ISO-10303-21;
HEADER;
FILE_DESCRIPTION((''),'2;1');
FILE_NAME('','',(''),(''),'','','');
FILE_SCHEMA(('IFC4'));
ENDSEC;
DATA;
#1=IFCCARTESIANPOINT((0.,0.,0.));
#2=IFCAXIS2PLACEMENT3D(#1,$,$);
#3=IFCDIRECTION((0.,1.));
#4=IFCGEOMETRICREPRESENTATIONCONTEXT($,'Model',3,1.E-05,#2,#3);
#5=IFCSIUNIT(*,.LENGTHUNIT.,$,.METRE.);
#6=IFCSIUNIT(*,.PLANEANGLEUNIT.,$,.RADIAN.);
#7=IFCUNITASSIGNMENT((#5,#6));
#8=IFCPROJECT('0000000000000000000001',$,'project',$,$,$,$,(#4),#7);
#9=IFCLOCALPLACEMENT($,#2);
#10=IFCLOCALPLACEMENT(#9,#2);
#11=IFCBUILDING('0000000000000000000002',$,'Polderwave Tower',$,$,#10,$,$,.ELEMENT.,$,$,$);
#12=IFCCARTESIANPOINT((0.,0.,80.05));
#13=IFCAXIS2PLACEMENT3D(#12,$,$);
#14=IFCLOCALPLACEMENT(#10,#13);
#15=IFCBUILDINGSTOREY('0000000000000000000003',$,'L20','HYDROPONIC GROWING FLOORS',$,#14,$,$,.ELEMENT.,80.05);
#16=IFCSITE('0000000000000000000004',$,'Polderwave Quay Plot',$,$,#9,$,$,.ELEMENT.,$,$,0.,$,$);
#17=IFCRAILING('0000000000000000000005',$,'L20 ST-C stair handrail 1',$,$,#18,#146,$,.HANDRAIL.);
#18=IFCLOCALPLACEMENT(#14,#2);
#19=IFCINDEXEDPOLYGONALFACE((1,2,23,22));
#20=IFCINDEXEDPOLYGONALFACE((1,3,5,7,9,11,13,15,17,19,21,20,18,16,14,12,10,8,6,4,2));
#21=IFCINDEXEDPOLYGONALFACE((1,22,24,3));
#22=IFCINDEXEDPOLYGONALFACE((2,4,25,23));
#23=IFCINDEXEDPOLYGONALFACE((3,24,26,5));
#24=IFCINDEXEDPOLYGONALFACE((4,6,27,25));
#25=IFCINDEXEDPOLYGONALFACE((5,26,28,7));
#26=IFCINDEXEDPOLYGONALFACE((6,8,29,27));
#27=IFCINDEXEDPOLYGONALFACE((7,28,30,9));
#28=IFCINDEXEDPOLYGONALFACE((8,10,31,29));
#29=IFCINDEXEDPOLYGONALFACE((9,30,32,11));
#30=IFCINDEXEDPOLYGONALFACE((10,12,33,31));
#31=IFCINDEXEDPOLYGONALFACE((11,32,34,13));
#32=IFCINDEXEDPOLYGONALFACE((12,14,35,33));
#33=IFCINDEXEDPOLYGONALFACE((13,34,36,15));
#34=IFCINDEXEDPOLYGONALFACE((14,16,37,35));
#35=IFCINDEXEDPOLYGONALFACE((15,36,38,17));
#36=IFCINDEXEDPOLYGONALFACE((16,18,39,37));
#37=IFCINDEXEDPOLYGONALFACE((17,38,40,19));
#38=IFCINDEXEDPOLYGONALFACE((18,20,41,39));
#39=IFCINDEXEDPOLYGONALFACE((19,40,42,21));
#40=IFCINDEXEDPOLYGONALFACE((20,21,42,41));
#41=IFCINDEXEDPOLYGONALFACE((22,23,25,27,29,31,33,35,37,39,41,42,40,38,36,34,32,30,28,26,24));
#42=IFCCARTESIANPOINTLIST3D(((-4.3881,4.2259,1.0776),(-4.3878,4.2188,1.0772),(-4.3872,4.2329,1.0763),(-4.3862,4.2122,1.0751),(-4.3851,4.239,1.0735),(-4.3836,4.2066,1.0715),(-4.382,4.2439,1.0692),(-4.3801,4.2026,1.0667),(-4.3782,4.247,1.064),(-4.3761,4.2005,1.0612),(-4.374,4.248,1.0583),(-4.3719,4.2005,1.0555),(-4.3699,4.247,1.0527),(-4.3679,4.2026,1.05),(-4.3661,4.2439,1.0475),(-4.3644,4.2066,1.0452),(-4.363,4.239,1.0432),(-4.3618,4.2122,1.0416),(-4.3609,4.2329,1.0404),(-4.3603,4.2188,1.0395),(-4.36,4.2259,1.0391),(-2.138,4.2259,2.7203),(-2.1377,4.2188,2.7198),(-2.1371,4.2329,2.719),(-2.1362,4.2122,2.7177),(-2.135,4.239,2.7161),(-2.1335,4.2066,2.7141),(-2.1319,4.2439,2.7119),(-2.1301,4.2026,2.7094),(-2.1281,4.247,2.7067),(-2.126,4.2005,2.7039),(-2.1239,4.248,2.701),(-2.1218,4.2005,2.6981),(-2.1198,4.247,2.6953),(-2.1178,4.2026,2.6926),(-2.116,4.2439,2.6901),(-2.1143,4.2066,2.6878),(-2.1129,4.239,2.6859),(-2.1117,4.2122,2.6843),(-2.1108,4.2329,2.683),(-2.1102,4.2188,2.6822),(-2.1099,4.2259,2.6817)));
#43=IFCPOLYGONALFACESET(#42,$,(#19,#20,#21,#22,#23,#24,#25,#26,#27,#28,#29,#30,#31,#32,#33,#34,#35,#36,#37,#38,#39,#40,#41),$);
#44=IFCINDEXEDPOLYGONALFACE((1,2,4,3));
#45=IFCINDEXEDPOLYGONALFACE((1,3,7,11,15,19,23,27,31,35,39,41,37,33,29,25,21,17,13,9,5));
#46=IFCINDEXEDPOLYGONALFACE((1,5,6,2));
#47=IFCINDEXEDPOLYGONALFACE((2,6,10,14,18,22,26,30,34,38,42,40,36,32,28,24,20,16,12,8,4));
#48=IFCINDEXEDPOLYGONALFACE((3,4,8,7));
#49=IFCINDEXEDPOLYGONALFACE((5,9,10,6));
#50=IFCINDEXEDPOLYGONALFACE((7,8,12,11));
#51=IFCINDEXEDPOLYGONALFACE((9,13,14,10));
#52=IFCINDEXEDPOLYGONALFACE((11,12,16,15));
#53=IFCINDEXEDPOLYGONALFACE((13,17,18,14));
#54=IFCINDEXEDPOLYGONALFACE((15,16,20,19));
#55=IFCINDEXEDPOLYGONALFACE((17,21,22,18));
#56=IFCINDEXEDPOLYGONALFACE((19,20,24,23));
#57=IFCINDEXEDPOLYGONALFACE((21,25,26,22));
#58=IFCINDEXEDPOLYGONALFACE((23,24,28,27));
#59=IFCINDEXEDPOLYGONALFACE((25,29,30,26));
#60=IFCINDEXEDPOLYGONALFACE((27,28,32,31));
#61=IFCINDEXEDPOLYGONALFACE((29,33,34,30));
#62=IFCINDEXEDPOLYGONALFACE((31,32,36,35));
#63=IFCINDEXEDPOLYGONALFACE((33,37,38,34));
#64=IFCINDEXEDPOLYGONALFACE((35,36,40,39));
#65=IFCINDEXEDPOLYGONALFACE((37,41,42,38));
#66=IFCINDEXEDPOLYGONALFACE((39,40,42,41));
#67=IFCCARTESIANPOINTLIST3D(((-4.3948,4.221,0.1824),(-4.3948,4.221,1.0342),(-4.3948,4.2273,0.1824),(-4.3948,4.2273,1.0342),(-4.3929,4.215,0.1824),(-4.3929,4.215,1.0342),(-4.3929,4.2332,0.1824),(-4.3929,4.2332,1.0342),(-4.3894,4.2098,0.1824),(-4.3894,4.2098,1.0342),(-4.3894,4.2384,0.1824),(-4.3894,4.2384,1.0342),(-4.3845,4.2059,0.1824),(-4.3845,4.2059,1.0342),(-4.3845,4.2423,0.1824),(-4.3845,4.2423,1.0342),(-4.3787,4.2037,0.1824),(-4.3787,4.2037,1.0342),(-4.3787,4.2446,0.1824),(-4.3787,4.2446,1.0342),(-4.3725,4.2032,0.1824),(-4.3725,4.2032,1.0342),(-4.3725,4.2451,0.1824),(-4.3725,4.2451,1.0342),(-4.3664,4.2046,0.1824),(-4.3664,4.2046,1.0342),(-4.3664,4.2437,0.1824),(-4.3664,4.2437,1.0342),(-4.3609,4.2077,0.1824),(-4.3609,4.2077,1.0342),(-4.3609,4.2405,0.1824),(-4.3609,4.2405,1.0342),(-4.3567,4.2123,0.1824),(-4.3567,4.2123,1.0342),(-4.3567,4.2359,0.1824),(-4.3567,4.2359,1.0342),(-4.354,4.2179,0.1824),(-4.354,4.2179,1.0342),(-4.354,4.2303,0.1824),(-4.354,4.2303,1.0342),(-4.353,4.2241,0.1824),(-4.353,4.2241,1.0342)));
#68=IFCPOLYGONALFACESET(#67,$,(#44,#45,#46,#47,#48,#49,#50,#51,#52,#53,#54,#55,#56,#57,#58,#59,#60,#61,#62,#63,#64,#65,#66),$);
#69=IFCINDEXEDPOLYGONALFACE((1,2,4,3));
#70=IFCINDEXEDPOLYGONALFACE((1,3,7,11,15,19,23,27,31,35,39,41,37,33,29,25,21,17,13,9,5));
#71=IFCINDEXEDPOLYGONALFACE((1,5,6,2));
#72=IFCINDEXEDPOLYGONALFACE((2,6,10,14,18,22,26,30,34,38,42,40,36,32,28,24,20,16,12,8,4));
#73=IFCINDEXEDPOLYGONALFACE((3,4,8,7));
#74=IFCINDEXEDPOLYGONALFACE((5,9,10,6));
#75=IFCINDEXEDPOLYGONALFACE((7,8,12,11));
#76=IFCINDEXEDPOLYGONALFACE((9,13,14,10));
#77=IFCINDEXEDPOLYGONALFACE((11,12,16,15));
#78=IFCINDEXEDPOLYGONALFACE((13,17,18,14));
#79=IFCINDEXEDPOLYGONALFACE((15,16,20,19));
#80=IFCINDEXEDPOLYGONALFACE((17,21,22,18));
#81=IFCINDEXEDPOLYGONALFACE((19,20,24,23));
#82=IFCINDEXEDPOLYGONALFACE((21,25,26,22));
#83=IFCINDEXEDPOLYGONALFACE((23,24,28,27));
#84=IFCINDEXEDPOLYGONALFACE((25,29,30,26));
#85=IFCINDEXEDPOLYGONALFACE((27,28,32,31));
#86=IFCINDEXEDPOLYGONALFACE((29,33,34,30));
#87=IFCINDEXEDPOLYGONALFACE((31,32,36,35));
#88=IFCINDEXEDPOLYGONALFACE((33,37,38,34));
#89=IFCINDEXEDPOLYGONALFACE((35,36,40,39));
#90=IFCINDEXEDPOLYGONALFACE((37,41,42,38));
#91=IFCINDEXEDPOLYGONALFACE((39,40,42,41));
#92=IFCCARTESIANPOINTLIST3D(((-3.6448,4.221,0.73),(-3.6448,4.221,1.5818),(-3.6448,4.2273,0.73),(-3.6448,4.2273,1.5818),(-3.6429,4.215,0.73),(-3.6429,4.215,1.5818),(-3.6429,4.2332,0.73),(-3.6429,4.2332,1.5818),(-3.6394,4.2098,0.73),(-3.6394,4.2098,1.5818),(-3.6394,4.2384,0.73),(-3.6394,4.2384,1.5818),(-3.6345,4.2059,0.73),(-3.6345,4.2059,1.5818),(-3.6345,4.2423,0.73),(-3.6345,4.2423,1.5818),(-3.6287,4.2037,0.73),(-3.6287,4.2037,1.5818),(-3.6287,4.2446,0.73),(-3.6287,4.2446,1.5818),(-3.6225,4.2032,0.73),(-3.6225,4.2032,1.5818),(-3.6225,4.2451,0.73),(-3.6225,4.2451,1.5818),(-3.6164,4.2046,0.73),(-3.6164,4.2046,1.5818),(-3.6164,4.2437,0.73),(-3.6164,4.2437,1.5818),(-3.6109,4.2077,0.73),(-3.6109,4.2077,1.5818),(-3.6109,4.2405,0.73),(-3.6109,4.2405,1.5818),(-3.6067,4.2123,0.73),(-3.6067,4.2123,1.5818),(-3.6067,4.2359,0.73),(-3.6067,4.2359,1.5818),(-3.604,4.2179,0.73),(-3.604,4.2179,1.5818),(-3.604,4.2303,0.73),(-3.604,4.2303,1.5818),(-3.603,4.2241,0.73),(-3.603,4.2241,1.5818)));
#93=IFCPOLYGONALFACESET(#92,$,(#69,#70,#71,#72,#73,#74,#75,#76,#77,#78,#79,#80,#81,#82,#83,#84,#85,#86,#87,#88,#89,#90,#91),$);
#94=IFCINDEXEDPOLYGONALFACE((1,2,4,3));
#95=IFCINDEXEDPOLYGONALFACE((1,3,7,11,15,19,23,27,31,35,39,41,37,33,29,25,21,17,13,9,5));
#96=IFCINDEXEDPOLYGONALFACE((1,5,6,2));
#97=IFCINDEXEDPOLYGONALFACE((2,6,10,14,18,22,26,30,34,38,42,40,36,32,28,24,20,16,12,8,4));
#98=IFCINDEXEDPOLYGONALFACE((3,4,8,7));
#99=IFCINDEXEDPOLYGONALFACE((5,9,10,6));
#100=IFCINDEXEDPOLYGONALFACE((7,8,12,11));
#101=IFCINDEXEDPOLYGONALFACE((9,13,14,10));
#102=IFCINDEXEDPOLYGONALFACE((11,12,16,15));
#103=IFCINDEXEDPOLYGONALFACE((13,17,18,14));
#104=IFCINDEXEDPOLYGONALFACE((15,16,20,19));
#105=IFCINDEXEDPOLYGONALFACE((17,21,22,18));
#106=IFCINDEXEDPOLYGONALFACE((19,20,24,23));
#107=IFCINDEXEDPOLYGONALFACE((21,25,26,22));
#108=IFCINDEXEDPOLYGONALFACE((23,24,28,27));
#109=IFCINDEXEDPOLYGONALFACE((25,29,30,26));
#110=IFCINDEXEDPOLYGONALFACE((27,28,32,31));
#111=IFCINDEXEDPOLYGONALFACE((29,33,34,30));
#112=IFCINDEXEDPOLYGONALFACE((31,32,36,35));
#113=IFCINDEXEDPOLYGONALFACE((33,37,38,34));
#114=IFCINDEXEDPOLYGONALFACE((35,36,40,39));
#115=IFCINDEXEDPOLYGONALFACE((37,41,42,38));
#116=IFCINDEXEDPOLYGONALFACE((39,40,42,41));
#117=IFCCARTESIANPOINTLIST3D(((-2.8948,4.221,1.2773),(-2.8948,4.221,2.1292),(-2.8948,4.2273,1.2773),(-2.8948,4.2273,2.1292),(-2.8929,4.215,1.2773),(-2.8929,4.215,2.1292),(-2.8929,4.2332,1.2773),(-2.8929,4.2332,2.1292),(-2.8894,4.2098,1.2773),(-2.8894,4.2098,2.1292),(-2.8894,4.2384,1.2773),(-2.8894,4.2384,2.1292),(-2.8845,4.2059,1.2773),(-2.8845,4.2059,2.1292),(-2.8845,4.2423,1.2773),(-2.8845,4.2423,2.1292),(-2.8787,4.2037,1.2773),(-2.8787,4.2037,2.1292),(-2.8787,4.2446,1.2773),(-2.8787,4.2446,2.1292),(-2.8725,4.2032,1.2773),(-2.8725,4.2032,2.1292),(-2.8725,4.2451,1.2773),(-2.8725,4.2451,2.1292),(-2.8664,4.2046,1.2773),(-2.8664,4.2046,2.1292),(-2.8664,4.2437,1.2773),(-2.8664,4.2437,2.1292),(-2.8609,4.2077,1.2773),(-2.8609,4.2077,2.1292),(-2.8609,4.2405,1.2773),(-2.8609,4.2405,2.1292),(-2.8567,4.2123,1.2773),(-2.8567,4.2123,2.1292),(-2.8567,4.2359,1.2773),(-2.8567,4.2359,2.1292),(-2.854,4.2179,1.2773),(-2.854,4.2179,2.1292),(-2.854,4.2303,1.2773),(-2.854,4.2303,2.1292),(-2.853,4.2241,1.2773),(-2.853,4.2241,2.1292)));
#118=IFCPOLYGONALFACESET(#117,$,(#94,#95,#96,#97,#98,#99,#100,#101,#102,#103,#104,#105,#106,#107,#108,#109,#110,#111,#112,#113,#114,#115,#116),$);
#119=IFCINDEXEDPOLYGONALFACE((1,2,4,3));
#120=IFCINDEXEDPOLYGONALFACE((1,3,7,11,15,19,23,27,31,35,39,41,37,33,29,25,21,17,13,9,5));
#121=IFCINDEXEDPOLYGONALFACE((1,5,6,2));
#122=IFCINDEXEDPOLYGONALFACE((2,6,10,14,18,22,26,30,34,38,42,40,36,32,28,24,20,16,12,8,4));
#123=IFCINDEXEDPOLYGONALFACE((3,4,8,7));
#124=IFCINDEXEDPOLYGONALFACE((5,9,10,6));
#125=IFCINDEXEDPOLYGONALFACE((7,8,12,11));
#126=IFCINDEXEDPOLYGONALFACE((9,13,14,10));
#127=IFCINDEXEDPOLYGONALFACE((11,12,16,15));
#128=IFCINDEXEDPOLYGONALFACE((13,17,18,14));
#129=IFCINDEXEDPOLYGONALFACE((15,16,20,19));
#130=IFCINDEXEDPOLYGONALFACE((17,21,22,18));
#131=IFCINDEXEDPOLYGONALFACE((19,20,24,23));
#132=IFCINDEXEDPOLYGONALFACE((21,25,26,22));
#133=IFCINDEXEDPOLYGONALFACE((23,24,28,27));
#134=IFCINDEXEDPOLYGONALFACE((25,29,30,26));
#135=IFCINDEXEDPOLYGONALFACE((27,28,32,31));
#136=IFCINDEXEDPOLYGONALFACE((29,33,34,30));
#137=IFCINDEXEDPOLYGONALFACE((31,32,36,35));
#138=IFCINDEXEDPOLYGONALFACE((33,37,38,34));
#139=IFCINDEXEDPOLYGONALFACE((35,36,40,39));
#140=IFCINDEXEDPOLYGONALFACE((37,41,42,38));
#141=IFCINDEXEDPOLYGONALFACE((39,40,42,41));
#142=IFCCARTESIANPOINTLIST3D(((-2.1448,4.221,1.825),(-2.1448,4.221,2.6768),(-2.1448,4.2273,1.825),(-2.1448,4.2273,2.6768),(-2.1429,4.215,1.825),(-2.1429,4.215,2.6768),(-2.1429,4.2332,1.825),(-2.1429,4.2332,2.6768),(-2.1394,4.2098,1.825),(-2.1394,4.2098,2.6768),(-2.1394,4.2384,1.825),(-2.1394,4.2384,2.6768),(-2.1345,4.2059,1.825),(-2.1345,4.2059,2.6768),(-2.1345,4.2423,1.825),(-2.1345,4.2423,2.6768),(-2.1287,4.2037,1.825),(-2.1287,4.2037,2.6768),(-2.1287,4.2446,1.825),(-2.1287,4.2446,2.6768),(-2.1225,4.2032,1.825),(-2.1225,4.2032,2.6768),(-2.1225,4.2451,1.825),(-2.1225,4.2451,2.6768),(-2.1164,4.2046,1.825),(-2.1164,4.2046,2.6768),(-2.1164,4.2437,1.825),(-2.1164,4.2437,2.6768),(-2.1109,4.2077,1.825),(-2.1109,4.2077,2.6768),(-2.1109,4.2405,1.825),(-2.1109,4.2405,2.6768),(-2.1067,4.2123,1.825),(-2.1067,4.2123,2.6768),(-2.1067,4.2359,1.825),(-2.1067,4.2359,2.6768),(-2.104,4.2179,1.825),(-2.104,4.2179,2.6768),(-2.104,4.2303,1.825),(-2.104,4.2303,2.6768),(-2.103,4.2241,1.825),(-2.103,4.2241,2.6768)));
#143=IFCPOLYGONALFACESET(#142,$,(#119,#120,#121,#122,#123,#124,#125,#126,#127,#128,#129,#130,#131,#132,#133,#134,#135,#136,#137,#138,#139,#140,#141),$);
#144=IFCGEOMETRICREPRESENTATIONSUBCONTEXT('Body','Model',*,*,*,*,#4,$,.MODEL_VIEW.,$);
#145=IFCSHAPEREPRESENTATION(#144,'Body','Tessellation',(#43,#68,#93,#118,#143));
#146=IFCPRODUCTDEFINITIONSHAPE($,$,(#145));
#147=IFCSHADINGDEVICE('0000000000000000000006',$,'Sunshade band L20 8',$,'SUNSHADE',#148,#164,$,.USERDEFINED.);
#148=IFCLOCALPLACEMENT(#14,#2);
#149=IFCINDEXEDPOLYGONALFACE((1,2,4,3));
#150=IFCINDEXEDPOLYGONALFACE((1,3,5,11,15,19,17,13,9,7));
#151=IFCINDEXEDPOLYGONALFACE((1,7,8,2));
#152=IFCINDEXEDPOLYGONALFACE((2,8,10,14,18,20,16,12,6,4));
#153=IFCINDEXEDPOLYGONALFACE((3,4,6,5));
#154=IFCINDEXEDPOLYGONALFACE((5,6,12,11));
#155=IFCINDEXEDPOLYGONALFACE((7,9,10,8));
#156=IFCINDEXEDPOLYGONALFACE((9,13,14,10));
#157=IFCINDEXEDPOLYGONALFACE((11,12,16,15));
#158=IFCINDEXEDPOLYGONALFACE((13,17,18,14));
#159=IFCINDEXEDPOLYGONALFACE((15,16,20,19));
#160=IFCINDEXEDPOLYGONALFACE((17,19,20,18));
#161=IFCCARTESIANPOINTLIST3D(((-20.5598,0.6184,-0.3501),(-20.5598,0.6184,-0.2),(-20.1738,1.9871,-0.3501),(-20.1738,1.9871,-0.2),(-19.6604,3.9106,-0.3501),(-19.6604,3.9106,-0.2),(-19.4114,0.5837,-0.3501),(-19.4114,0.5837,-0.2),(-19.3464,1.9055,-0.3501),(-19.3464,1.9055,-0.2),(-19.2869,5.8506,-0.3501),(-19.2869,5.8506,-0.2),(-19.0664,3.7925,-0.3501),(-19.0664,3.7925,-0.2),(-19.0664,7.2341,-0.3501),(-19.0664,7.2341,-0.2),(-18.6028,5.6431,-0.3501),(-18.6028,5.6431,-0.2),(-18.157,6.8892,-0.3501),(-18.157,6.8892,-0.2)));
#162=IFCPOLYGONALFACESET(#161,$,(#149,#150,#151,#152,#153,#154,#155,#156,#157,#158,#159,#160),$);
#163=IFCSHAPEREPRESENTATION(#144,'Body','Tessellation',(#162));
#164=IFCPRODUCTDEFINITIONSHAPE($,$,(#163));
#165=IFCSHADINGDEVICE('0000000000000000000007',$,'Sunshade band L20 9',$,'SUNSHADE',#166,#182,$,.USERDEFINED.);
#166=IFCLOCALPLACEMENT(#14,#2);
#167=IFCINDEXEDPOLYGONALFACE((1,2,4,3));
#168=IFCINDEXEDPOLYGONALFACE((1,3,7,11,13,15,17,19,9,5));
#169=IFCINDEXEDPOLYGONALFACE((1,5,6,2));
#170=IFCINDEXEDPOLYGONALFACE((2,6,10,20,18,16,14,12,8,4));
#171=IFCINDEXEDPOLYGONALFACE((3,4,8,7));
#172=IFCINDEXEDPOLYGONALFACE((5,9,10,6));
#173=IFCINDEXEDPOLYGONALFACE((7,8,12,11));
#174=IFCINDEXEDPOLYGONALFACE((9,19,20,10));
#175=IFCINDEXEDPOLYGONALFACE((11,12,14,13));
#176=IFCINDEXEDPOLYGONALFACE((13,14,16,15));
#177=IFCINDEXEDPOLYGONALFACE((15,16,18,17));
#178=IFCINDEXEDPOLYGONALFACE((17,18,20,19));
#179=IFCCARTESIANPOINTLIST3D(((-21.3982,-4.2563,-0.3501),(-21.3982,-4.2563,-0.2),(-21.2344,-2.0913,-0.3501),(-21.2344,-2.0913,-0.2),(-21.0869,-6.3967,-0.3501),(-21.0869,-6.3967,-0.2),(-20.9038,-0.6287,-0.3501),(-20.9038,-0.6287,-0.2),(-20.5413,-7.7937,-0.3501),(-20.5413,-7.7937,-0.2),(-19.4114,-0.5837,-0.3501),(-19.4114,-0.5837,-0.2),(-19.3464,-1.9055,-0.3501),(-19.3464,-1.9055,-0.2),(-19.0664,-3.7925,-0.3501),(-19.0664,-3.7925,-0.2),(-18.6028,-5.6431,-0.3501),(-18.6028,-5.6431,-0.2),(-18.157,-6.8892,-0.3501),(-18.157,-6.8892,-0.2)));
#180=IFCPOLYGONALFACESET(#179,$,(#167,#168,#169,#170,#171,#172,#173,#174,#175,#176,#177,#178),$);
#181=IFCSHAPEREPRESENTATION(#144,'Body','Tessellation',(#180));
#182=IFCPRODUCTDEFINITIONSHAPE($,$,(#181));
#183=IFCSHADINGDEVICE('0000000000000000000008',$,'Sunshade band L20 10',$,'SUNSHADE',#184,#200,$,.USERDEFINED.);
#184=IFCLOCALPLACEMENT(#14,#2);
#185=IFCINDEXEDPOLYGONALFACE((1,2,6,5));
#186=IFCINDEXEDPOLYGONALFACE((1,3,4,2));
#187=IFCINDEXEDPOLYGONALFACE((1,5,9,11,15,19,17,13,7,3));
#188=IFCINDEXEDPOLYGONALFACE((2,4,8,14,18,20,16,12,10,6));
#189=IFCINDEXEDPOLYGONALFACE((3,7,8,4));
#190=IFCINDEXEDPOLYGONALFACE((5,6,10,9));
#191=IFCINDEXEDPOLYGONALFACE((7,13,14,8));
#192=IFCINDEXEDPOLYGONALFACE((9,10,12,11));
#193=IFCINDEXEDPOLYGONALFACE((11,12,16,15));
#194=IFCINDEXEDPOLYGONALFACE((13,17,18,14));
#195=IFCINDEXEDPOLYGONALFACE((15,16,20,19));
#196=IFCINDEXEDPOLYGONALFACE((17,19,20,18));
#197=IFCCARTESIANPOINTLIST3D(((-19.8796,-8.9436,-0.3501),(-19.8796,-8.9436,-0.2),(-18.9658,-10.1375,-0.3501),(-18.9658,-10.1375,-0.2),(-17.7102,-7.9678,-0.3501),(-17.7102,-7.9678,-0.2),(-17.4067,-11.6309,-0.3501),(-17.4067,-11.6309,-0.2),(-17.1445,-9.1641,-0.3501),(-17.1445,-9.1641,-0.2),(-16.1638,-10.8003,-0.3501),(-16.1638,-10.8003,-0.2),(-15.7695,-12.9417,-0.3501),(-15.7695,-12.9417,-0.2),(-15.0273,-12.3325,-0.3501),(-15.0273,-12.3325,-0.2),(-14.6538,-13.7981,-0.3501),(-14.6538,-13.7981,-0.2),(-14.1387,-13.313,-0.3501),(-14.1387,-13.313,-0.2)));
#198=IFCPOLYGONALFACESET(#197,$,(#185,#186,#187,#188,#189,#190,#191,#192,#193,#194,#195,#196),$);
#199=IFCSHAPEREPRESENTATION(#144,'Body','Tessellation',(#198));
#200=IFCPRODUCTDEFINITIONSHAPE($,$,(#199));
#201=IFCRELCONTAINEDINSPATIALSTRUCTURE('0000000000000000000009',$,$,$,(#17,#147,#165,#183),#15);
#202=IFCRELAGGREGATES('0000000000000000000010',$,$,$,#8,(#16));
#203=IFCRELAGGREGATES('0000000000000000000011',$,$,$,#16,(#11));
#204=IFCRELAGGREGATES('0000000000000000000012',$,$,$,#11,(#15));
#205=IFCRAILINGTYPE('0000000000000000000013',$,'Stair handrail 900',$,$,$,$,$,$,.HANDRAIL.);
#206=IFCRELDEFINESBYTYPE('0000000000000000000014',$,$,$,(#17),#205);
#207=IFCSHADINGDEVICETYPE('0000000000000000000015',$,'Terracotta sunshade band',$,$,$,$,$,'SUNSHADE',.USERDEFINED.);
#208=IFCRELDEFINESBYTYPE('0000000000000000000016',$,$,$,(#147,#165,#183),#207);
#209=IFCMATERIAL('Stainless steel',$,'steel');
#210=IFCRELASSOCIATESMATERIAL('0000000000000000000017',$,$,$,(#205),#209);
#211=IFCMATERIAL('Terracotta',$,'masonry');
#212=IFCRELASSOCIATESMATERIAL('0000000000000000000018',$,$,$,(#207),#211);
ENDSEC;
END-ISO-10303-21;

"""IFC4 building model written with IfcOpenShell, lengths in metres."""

from ifc_helpers import new_model, si_unit, direction, frame, origin, origin_2d, place, context, subcontext, project, spatial, polyline, circle, outline, extrude, material, type_object, element, save


model = new_model("IFC4")

# Units and contexts
model_context = context("Model", 3, precision=1e-05, world=origin(), true_north=direction((0.0, 1.0)))
body_context = subcontext(model_context, "Body", "Model", "MODEL_VIEW")
ifc_project = project(units=[si_unit("LENGTHUNIT", "METRE"), si_unit("PLANEANGLEUNIT", "RADIAN")], contexts=[model_context])

# Site, building, storey
site_placement = place(None, origin())
site = spatial("IfcSite", under=ifc_project, at=site_placement, Name="Polderwave Quay Plot", CompositionType="ELEMENT", RefElevation=0.0)
building_placement = place(site_placement, origin())
building = spatial("IfcBuilding", under=site, at=building_placement, Name="Polderwave Tower", CompositionType="ELEMENT")
storey_placement = place(building_placement, frame((0.0, 0.0, 80.05)))
storey = spatial("IfcBuildingStorey", under=building, at=storey_placement, Name="L20", Description="HYDROPONIC GROWING FLOORS", CompositionType="ELEMENT", Elevation=80.05)

# Railing
ifc_material_1 = material(Name="Stainless steel", Category="steel")
railing_type_1 = type_object("IfcRailingType", Name="Stair handrail 900", PredefinedType="HANDRAIL", material=ifc_material_1)
railing_1_placement = place(storey_placement, frame((-4.374, 4.2241, 0.1824)))
element("IfcRailing", 1, at=railing_1_placement, inside=storey, type_object=railing_type_1, Name="L20 ST-C stair handrail 1", PredefinedType="HANDRAIL", context=body_context, shape_type="SweptSolid", body=[
    extrude(circle(Radius=0.0239, at=origin_2d()), frame((0.0, 0.0, 0.876), z_axis=(0.807674, 0.0, 0.58963), x_axis=(0.0, 1.0, 0.0)), (0.0, 0.0, 1.0), 2.7859),
    extrude(circle(Radius=0.021, at=origin_2d()), origin(), (0.0, 0.0, 1.0), 0.8518),
    extrude(circle(Radius=0.021, at=origin_2d()), frame((0.75, 0.0, 0.5476)), (0.0, 0.0, 1.0), 0.8518),
    extrude(circle(Radius=0.021, at=origin_2d()), frame((1.5, 0.0, 1.095)), (0.0, 0.0, 1.0), 0.8518),
    extrude(circle(Radius=0.021, at=origin_2d()), frame((2.25, 0.0, 1.6426)), (0.0, 0.0, 1.0), 0.8518),
])

# Shading devices
ifc_material_2 = material(Name="Terracotta", Category="masonry")
shading_device_type = type_object("IfcShadingDeviceType", Name="Terracotta sunshade band", ElementType="SUNSHADE", PredefinedType="USERDEFINED", material=ifc_material_2)
shading_device_1_placement = place(storey_placement, frame((0.0, 0.0, -0.3501)))
element("IfcShadingDevice", 2, at=shading_device_1_placement, inside=storey, type_object=shading_device_type, Name="Sunshade band L20 8", ObjectType="SUNSHADE", PredefinedType="USERDEFINED", context=body_context, shape_type="SweptSolid", body=[
    extrude(outline(polyline([(-18.157, 6.8892), (-18.6028, 5.6431), (-19.0664, 3.7925), (-19.3464, 1.9055), (-19.4114, 0.5837), (-20.5598, 0.6184), (-20.1738, 1.9871), (-19.6604, 3.9106), (-19.2869, 5.8506), (-19.0664, 7.2341), (-18.157, 6.8892)])), origin(), (0.0, 0.0, 1.0), 0.1501),
])
shading_device_2_placement = place(storey_placement, frame((0.0, 0.0, -0.3501)))
element("IfcShadingDevice", 3, at=shading_device_2_placement, inside=storey, type_object=shading_device_type, Name="Sunshade band L20 9", ObjectType="SUNSHADE", PredefinedType="USERDEFINED", context=body_context, shape_type="SweptSolid", body=[
    extrude(outline(polyline([(-19.4114, -0.5837), (-19.3464, -1.9055), (-19.0664, -3.7925), (-18.6028, -5.6431), (-18.157, -6.8892), (-20.5413, -7.7937), (-21.0869, -6.3967), (-21.3982, -4.2563), (-21.2344, -2.0913), (-20.9038, -0.6287), (-19.4114, -0.5837)])), origin(), (0.0, 0.0, 1.0), 0.1501),
])
shading_device_3_placement = place(storey_placement, frame((0.0, 0.0, -0.3501)))
element("IfcShadingDevice", 4, at=shading_device_3_placement, inside=storey, type_object=shading_device_type, Name="Sunshade band L20 10", ObjectType="SUNSHADE", PredefinedType="USERDEFINED", context=body_context, shape_type="SweptSolid", body=[
    extrude(outline(polyline([(-17.7102, -7.9678), (-17.1445, -9.1641), (-16.1638, -10.8003), (-15.0273, -12.3325), (-14.1387, -13.313), (-14.6538, -13.7981), (-15.7695, -12.9417), (-17.4067, -11.6309), (-18.9658, -10.1375), (-19.8796, -8.9436), (-17.7102, -7.9678)])), origin(), (0.0, 0.0, 1.0), 0.1501),
])

save(model, "model.ifc")
